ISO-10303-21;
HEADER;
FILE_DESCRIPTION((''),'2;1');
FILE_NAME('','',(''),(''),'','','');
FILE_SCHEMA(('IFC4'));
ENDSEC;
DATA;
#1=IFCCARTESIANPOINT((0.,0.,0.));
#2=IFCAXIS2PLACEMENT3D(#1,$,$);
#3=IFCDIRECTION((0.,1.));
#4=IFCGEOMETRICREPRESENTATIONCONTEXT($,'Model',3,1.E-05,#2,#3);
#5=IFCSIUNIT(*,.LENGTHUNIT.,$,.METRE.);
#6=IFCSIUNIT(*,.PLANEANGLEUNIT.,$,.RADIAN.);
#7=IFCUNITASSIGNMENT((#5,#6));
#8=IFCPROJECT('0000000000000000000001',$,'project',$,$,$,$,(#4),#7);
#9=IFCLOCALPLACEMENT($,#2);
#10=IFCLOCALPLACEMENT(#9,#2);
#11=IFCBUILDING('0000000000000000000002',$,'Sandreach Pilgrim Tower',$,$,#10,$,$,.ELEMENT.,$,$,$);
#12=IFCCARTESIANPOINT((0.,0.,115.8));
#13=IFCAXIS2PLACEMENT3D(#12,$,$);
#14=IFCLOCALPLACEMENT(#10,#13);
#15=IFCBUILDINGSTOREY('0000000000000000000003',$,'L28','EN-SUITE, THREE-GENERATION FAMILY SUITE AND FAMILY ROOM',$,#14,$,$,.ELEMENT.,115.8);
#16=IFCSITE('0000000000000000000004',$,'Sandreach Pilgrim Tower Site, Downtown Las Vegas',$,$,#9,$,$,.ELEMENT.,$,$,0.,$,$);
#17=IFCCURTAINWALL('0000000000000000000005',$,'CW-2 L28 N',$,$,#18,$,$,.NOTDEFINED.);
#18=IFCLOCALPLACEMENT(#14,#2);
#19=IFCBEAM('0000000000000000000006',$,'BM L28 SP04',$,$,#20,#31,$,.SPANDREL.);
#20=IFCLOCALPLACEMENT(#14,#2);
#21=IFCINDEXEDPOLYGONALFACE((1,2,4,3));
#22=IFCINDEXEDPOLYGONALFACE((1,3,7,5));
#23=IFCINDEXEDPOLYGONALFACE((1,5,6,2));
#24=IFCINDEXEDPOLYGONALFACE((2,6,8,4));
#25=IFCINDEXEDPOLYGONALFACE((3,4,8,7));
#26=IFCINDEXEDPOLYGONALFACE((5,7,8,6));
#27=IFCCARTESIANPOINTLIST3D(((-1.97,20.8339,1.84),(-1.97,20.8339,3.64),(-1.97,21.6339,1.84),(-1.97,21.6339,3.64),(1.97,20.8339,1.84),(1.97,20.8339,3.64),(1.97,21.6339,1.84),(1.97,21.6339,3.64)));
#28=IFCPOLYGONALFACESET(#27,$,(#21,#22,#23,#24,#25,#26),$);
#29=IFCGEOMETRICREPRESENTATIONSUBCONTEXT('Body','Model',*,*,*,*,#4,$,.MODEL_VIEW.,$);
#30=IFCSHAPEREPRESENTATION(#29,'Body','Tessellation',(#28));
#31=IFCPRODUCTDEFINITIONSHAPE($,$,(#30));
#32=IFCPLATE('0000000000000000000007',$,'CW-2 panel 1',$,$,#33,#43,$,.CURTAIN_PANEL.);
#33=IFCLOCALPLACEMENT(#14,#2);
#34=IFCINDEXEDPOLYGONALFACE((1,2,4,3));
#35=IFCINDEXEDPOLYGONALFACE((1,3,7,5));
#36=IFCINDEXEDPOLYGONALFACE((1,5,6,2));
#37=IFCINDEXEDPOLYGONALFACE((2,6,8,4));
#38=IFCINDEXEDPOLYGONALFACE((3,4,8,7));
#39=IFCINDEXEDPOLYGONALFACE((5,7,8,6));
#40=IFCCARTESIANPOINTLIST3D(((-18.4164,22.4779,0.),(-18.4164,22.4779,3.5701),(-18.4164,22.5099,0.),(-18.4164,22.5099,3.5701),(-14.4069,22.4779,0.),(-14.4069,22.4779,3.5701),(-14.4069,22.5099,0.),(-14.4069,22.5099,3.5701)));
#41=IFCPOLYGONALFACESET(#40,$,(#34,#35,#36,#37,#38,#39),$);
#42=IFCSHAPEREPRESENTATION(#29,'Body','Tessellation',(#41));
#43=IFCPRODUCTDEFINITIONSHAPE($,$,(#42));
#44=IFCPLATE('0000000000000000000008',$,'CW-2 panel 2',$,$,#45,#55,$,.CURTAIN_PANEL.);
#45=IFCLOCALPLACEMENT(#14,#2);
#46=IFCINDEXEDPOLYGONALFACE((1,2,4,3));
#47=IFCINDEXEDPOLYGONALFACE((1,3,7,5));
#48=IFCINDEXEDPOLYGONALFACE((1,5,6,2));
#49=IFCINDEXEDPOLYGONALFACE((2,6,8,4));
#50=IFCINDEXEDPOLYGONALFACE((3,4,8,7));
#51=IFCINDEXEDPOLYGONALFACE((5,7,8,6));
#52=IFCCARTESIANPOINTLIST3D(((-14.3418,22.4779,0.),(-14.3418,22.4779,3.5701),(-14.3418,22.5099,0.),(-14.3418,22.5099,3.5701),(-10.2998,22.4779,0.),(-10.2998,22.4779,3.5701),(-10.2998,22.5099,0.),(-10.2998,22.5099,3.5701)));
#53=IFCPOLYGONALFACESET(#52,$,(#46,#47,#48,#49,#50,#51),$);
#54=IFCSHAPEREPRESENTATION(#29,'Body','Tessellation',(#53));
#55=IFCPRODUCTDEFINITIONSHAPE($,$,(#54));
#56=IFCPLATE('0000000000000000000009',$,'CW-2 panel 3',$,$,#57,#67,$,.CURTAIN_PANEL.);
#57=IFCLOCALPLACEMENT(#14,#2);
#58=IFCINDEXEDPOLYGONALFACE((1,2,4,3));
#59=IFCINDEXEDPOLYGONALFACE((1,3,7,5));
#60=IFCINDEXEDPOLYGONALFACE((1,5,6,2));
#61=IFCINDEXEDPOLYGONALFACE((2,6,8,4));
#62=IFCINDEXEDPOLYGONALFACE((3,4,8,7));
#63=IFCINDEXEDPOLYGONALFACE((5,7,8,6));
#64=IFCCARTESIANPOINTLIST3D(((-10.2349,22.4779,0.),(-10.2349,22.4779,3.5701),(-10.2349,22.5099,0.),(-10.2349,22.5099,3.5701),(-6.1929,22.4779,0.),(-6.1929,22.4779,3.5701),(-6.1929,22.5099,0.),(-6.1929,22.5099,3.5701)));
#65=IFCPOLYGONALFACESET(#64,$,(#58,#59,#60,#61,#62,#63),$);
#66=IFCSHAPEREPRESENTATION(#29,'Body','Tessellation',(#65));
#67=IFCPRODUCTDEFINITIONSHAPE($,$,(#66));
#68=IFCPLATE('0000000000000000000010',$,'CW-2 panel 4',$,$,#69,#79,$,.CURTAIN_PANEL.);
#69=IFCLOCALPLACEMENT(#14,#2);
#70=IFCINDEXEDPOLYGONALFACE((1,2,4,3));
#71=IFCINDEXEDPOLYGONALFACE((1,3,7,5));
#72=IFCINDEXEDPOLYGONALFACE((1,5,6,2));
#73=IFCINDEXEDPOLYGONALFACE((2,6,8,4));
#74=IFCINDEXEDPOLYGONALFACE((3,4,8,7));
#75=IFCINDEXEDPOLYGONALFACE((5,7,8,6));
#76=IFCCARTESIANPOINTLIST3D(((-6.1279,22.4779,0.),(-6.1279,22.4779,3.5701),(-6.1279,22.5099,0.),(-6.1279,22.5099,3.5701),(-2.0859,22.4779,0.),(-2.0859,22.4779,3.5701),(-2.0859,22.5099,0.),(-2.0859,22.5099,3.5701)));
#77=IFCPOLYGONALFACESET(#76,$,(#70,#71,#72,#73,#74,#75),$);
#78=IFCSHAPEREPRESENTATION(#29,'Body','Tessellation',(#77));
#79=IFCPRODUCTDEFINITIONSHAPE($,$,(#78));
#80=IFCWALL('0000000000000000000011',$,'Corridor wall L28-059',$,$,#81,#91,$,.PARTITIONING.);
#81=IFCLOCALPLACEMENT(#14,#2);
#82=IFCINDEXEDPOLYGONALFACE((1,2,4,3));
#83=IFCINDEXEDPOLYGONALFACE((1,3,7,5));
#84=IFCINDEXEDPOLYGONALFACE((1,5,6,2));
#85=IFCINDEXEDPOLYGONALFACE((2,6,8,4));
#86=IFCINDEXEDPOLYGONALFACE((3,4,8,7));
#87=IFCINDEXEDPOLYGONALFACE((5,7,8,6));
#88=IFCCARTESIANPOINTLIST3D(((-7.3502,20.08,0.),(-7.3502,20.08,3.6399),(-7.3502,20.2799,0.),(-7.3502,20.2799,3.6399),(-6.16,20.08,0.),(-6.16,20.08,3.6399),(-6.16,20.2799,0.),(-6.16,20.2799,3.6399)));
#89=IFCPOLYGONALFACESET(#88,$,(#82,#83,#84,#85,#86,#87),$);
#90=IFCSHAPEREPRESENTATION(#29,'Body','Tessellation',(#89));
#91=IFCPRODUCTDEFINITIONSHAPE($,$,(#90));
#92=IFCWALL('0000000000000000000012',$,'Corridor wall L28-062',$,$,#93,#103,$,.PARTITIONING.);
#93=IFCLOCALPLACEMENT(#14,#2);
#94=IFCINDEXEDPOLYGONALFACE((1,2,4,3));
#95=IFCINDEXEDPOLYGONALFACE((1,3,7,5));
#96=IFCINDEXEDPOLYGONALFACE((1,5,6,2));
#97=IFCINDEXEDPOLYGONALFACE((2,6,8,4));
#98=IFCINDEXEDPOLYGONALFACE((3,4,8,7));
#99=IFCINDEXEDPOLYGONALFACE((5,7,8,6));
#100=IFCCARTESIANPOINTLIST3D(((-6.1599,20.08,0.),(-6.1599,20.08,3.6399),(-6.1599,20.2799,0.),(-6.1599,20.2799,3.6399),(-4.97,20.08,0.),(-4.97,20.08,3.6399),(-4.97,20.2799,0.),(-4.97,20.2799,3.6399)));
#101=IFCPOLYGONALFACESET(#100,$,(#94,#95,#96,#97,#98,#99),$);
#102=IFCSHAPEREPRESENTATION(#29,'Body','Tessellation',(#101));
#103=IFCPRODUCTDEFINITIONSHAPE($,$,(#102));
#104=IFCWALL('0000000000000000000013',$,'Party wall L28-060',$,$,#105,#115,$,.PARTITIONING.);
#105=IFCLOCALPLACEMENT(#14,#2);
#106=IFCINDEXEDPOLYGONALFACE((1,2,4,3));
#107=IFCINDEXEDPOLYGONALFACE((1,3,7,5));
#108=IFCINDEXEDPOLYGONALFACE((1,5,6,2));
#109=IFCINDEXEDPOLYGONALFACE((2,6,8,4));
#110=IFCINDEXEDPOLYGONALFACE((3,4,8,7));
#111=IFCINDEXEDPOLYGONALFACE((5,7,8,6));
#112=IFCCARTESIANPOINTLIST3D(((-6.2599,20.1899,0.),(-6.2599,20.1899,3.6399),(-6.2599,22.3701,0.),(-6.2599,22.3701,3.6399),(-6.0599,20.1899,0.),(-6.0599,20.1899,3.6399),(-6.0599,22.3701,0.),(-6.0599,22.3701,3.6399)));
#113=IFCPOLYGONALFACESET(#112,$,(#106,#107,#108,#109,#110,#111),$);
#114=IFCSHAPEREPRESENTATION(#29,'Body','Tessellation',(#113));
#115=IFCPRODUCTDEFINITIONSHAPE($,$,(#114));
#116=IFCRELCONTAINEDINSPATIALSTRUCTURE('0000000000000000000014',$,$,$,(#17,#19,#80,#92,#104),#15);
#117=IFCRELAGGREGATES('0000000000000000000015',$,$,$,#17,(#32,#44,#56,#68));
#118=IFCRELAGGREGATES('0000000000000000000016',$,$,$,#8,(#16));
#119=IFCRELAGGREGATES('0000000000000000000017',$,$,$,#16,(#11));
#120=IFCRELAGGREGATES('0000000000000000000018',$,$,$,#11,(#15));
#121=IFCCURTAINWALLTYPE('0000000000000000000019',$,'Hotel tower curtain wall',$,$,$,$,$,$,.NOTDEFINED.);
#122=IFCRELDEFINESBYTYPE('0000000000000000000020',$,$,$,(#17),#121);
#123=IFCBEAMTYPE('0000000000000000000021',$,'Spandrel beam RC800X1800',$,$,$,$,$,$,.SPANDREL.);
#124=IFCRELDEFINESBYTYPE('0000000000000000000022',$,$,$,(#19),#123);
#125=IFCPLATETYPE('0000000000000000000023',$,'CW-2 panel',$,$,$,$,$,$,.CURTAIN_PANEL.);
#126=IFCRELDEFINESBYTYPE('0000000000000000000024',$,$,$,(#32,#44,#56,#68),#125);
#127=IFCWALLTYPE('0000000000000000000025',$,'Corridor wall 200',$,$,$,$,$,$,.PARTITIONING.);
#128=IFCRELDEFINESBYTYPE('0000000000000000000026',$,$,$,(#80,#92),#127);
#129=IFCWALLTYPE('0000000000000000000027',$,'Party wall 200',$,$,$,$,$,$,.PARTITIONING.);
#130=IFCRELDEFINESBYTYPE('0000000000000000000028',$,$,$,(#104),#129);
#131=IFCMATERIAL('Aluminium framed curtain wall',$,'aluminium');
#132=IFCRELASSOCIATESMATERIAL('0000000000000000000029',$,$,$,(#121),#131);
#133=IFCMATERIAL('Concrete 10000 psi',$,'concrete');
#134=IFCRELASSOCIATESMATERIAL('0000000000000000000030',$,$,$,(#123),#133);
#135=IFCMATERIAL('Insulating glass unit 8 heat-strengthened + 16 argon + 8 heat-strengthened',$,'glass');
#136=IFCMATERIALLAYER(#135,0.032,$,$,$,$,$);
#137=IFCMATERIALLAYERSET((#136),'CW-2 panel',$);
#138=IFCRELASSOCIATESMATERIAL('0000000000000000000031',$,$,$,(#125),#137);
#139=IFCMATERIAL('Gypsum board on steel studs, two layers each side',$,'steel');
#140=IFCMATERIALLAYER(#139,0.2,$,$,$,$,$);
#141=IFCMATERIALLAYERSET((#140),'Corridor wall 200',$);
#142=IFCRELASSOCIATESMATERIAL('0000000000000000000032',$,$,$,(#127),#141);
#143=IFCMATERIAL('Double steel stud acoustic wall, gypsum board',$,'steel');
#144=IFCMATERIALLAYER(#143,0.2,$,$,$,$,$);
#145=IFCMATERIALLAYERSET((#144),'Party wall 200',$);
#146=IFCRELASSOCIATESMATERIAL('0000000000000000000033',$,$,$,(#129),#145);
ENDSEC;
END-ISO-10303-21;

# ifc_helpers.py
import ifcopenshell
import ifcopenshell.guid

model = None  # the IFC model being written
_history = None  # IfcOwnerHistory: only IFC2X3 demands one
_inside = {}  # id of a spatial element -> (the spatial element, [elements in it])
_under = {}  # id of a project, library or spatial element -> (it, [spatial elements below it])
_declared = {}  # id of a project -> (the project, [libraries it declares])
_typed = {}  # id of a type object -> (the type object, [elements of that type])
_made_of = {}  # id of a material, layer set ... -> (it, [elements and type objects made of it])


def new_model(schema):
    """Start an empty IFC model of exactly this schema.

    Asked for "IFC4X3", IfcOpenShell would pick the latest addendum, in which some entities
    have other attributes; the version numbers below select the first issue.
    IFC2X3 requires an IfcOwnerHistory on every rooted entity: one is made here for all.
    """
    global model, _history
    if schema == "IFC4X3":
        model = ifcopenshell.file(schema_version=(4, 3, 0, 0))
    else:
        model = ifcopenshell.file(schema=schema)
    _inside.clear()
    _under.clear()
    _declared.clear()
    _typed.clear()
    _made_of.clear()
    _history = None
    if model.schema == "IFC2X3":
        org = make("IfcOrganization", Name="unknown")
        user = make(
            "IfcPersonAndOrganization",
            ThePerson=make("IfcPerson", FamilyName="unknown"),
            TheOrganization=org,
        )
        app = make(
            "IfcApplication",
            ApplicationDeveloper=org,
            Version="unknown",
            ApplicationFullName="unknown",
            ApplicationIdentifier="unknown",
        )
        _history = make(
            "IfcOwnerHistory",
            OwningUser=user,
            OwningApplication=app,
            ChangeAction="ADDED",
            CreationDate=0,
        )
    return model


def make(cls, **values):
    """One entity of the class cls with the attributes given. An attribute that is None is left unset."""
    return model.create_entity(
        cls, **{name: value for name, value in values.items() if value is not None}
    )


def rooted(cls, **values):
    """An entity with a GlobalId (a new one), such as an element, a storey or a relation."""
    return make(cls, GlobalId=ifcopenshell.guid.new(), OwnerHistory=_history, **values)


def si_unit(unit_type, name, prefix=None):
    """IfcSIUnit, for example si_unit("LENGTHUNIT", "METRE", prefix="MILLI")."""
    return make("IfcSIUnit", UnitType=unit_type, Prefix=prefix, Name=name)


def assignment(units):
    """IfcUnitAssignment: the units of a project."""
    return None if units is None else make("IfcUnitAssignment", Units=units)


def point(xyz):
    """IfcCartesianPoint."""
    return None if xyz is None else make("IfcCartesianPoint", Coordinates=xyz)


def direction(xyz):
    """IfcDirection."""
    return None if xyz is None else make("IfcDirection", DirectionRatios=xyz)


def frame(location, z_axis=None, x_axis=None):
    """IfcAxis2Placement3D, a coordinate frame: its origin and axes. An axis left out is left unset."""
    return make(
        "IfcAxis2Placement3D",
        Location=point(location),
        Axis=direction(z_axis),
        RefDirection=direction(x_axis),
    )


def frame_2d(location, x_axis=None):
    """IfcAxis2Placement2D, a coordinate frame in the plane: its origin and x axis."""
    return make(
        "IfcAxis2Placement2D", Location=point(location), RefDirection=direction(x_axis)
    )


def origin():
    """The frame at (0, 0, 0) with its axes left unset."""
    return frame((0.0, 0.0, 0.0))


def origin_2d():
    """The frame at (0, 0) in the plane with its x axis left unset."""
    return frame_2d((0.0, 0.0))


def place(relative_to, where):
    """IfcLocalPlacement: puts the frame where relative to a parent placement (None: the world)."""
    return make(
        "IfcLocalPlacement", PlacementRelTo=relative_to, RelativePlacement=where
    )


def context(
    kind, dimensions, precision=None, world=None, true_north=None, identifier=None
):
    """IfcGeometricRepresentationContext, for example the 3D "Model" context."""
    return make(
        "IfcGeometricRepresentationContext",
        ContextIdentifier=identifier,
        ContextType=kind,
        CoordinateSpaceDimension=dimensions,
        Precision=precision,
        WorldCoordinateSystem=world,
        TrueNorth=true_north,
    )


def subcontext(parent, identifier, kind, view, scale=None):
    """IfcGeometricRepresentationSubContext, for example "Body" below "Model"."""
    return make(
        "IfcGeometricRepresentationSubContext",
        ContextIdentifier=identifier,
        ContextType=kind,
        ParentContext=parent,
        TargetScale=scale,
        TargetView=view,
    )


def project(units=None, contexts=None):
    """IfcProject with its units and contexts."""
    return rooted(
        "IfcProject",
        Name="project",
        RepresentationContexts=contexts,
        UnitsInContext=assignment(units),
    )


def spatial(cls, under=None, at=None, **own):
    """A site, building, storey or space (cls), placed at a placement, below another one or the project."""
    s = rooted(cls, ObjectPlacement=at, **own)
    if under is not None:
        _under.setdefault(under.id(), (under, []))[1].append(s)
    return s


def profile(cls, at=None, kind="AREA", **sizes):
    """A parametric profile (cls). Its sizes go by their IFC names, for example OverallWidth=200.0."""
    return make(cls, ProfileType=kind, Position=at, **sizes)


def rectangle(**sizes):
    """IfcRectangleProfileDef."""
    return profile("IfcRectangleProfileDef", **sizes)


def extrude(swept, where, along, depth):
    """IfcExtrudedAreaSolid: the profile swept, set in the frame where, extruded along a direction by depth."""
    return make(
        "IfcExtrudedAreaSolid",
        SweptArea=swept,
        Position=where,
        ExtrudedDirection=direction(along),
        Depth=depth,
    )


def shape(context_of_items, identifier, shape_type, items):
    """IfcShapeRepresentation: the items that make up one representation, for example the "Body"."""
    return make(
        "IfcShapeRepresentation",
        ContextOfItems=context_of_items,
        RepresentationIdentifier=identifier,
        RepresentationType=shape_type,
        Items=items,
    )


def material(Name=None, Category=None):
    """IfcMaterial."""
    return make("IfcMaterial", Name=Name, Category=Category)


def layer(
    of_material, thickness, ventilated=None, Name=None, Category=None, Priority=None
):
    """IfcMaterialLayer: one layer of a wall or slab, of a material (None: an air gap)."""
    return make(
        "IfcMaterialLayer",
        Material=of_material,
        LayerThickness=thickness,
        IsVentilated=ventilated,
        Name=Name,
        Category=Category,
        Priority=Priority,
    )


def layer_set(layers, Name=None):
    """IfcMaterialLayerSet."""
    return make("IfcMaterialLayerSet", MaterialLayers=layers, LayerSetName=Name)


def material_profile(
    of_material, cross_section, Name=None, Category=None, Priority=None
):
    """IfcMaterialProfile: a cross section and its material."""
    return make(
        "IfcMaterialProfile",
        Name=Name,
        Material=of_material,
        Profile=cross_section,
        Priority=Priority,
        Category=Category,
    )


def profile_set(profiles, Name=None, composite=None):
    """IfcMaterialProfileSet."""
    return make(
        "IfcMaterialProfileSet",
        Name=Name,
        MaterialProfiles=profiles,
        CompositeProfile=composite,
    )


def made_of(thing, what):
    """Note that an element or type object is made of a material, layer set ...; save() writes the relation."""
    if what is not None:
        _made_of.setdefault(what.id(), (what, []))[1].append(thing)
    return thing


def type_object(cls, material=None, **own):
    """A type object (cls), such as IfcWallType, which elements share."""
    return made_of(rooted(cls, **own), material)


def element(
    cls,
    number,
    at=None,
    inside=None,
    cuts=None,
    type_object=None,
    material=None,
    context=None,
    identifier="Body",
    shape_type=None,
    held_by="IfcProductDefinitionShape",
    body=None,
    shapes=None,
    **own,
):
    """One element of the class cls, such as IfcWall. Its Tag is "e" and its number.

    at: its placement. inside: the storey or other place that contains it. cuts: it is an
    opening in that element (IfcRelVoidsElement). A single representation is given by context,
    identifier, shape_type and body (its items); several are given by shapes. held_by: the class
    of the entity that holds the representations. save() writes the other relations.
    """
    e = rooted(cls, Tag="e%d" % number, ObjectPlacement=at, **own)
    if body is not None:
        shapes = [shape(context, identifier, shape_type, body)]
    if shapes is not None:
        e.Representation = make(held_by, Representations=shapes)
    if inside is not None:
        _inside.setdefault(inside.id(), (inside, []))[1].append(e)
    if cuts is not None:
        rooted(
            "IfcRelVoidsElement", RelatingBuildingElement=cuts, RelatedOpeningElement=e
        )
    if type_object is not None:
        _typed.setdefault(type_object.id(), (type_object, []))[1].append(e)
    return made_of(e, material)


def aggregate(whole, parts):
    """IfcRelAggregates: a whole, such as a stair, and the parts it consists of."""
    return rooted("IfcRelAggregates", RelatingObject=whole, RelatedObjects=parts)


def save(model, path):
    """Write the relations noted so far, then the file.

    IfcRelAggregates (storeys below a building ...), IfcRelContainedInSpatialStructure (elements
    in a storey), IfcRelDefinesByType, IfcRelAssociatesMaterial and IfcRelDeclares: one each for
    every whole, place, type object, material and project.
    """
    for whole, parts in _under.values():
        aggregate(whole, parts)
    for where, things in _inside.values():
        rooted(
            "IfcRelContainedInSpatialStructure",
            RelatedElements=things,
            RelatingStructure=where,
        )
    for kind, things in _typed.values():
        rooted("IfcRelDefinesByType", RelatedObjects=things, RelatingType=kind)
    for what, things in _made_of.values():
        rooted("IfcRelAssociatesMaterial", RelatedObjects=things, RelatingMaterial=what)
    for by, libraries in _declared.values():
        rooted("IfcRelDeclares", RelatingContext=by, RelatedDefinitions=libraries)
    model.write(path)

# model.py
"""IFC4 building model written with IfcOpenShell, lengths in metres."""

from ifc_helpers import new_model, si_unit, direction, frame, frame_2d, origin, origin_2d, place, context, subcontext, project, spatial, rectangle, extrude, material, layer, layer_set, material_profile, profile_set, type_object, element, aggregate, save


model = new_model("IFC4")

# Units and contexts
model_context = context("Model", 3, precision=1e-05, world=origin(), true_north=direction((0.0, 1.0)))
body_context = subcontext(model_context, "Body", "Model", "MODEL_VIEW")
ifc_project = project(units=[si_unit("LENGTHUNIT", "METRE"), si_unit("PLANEANGLEUNIT", "RADIAN")], contexts=[model_context])

# Site, building, storey
site_placement = place(None, origin())
site = spatial("IfcSite", under=ifc_project, at=site_placement, Name="Sandreach Pilgrim Tower Site, Downtown Las Vegas", CompositionType="ELEMENT", RefElevation=0.0)
building_placement = place(site_placement, origin())
building = spatial("IfcBuilding", under=site, at=building_placement, Name="Sandreach Pilgrim Tower", CompositionType="ELEMENT")
storey_placement = place(building_placement, frame((0.0, 0.0, 115.8)))
storey = spatial("IfcBuildingStorey", under=building, at=storey_placement, Name="L28", Description="EN-SUITE, THREE-GENERATION FAMILY SUITE AND FAMILY ROOM", CompositionType="ELEMENT", Elevation=115.8)

# Curtain wall
ifc_material_1 = material(Name="Aluminium framed curtain wall", Category="aluminium")
curtain_wall_type = type_object("IfcCurtainWallType", Name="Hotel tower curtain wall", PredefinedType="NOTDEFINED", material=ifc_material_1)
curtain_wall_placement = place(storey_placement, origin())
curtain_wall = element("IfcCurtainWall", 1, at=curtain_wall_placement, inside=storey, type_object=curtain_wall_type, Name="CW-2 L28 N", PredefinedType="NOTDEFINED")

# Beam
ifc_material_2 = material(Name="Concrete 10000 psi", Category="concrete")
ifc_material_profile_1 = material_profile(ifc_material_2, rectangle(XDim=0.8, YDim=1.8, at=origin_2d()), Name="RC800X1800")
ifc_profile_set_1 = profile_set([ifc_material_profile_1], Name="Concrete 10000 psi")
beam_type_1 = type_object("IfcBeamType", Name="Spandrel beam RC800X1800", PredefinedType="SPANDREL", material=ifc_profile_set_1)
for number, where, z_axis, x_axis, name in (
    (2, (-1.97, 21.2339, 2.74), (1.0, 0.0, 0.0), (0.0, 1.0, 0.0), "BM L28 SP04"),
):
    element("IfcBeam", number, at=place(storey_placement, frame(where, z_axis=z_axis, x_axis=x_axis)), inside=storey, type_object=beam_type_1, Name=name, PredefinedType="SPANDREL", context=body_context, shape_type="SweptSolid", body=[
        extrude(rectangle(XDim=0.8, YDim=1.8, at=origin_2d()), origin(), (0.0, 0.0, 1.0), 3.9399),
    ])

# Plates
ifc_material_3 = material(Name="Insulating glass unit 8 heat-strengthened + 16 argon + 8 heat-strengthened", Category="glass")
ifc_layer_1 = layer(ifc_material_3, 0.032)
ifc_layer_set_1 = layer_set([ifc_layer_1], Name="CW-2 panel")
plate_type = type_object("IfcPlateType", Name="CW-2 panel", PredefinedType="CURTAIN_PANEL", material=ifc_layer_set_1)
plate_1_placement = place(storey_placement, frame((-16.4116, 22.4939, 0.0), z_axis=(0.0, 0.0, 1.0), x_axis=(1.0, 0.0, 0.0)))
plate_1 = element("IfcPlate", 3, at=plate_1_placement, type_object=plate_type, Name="CW-2 panel 1", PredefinedType="CURTAIN_PANEL", context=body_context, shape_type="SweptSolid", body=[
    extrude(rectangle(XDim=4.0095, YDim=0.032, at=origin_2d()), origin(), (0.0, 0.0, 1.0), 3.5701),
])
plate_2_placement = place(storey_placement, frame((-12.3208, 22.4939, 0.0), z_axis=(0.0, 0.0, 1.0), x_axis=(1.0, 0.0, 0.0)))
plate_2 = element("IfcPlate", 4, at=plate_2_placement, type_object=plate_type, Name="CW-2 panel 2", PredefinedType="CURTAIN_PANEL", context=body_context, shape_type="SweptSolid", body=[
    extrude(rectangle(XDim=4.042, YDim=0.032, at=origin_2d()), origin(), (0.0, 0.0, 1.0), 3.5701),
])
plate_3_placement = place(storey_placement, frame((-8.2139, 22.4939, 0.0), z_axis=(0.0, 0.0, 1.0), x_axis=(1.0, 0.0, 0.0)))
plate_3 = element("IfcPlate", 5, at=plate_3_placement, type_object=plate_type, Name="CW-2 panel 3", PredefinedType="CURTAIN_PANEL", context=body_context, shape_type="SweptSolid", body=[
    extrude(rectangle(XDim=4.042, YDim=0.032, at=origin_2d()), origin(), (0.0, 0.0, 1.0), 3.5701),
])
plate_4_placement = place(storey_placement, frame((-4.1069, 22.4939, 0.0), z_axis=(0.0, 0.0, 1.0), x_axis=(1.0, 0.0, 0.0)))
plate_4 = element("IfcPlate", 6, at=plate_4_placement, type_object=plate_type, Name="CW-2 panel 4", PredefinedType="CURTAIN_PANEL", context=body_context, shape_type="SweptSolid", body=[
    extrude(rectangle(XDim=4.042, YDim=0.032, at=origin_2d()), origin(), (0.0, 0.0, 1.0), 3.5701),
])
aggregate(curtain_wall, [plate_1, plate_2, plate_3, plate_4])

# Shared definitions
ifc_material_4 = material(Name="Gypsum board on steel studs, two layers each side", Category="steel")
ifc_layer_2 = layer(ifc_material_4, 0.2)
ifc_layer_set_2 = layer_set([ifc_layer_2], Name="Corridor wall 200")
wall_type_1 = type_object("IfcWallType", Name="Corridor wall 200", PredefinedType="PARTITIONING", material=ifc_layer_set_2)

# Walls
wall_1_placement = place(storey_placement, frame((-6.1599, 20.1799, 0.0), z_axis=(0.0, 0.0, 1.0), x_axis=(-1.0, 0.0, 0.0)))
element("IfcWall", 7, at=wall_1_placement, inside=storey, type_object=wall_type_1, Name="Corridor wall L28-059", PredefinedType="PARTITIONING", context=body_context, shape_type="SweptSolid", body=[
    extrude(rectangle(XDim=1.1902, YDim=0.2, at=frame_2d((0.5952, 0.0))), origin(), (0.0, 0.0, 1.0), 3.6399),
])
wall_2_placement = place(storey_placement, frame((-4.97, 20.1799, 0.0), z_axis=(0.0, 0.0, 1.0), x_axis=(-1.0, 0.0, 0.0)))
element("IfcWall", 8, at=wall_2_placement, inside=storey, type_object=wall_type_1, Name="Corridor wall L28-062", PredefinedType="PARTITIONING", context=body_context, shape_type="SweptSolid", body=[
    extrude(rectangle(XDim=1.1899, YDim=0.2, at=frame_2d((0.595, 0.0))), origin(), (0.0, 0.0, 1.0), 3.6399),
])
ifc_material_5 = material(Name="Double steel stud acoustic wall, gypsum board", Category="steel")
ifc_layer_3 = layer(ifc_material_5, 0.2)
ifc_layer_set_3 = layer_set([ifc_layer_3], Name="Party wall 200")
wall_type_2 = type_object("IfcWallType", Name="Party wall 200", PredefinedType="PARTITIONING", material=ifc_layer_set_3)
wall_3_placement = place(storey_placement, frame((-6.1599, 22.3701, 0.0), z_axis=(0.0, 0.0, 1.0), x_axis=(0.0, -1.0, 0.0)))
element("IfcWall", 9, at=wall_3_placement, inside=storey, type_object=wall_type_2, Name="Party wall L28-060", PredefinedType="PARTITIONING", context=body_context, shape_type="SweptSolid", body=[
    extrude(rectangle(XDim=2.1802, YDim=0.2, at=frame_2d((1.0901, 0.0))), origin(), (0.0, 0.0, 1.0), 3.6399),
])

save(model, "model.ifc")
